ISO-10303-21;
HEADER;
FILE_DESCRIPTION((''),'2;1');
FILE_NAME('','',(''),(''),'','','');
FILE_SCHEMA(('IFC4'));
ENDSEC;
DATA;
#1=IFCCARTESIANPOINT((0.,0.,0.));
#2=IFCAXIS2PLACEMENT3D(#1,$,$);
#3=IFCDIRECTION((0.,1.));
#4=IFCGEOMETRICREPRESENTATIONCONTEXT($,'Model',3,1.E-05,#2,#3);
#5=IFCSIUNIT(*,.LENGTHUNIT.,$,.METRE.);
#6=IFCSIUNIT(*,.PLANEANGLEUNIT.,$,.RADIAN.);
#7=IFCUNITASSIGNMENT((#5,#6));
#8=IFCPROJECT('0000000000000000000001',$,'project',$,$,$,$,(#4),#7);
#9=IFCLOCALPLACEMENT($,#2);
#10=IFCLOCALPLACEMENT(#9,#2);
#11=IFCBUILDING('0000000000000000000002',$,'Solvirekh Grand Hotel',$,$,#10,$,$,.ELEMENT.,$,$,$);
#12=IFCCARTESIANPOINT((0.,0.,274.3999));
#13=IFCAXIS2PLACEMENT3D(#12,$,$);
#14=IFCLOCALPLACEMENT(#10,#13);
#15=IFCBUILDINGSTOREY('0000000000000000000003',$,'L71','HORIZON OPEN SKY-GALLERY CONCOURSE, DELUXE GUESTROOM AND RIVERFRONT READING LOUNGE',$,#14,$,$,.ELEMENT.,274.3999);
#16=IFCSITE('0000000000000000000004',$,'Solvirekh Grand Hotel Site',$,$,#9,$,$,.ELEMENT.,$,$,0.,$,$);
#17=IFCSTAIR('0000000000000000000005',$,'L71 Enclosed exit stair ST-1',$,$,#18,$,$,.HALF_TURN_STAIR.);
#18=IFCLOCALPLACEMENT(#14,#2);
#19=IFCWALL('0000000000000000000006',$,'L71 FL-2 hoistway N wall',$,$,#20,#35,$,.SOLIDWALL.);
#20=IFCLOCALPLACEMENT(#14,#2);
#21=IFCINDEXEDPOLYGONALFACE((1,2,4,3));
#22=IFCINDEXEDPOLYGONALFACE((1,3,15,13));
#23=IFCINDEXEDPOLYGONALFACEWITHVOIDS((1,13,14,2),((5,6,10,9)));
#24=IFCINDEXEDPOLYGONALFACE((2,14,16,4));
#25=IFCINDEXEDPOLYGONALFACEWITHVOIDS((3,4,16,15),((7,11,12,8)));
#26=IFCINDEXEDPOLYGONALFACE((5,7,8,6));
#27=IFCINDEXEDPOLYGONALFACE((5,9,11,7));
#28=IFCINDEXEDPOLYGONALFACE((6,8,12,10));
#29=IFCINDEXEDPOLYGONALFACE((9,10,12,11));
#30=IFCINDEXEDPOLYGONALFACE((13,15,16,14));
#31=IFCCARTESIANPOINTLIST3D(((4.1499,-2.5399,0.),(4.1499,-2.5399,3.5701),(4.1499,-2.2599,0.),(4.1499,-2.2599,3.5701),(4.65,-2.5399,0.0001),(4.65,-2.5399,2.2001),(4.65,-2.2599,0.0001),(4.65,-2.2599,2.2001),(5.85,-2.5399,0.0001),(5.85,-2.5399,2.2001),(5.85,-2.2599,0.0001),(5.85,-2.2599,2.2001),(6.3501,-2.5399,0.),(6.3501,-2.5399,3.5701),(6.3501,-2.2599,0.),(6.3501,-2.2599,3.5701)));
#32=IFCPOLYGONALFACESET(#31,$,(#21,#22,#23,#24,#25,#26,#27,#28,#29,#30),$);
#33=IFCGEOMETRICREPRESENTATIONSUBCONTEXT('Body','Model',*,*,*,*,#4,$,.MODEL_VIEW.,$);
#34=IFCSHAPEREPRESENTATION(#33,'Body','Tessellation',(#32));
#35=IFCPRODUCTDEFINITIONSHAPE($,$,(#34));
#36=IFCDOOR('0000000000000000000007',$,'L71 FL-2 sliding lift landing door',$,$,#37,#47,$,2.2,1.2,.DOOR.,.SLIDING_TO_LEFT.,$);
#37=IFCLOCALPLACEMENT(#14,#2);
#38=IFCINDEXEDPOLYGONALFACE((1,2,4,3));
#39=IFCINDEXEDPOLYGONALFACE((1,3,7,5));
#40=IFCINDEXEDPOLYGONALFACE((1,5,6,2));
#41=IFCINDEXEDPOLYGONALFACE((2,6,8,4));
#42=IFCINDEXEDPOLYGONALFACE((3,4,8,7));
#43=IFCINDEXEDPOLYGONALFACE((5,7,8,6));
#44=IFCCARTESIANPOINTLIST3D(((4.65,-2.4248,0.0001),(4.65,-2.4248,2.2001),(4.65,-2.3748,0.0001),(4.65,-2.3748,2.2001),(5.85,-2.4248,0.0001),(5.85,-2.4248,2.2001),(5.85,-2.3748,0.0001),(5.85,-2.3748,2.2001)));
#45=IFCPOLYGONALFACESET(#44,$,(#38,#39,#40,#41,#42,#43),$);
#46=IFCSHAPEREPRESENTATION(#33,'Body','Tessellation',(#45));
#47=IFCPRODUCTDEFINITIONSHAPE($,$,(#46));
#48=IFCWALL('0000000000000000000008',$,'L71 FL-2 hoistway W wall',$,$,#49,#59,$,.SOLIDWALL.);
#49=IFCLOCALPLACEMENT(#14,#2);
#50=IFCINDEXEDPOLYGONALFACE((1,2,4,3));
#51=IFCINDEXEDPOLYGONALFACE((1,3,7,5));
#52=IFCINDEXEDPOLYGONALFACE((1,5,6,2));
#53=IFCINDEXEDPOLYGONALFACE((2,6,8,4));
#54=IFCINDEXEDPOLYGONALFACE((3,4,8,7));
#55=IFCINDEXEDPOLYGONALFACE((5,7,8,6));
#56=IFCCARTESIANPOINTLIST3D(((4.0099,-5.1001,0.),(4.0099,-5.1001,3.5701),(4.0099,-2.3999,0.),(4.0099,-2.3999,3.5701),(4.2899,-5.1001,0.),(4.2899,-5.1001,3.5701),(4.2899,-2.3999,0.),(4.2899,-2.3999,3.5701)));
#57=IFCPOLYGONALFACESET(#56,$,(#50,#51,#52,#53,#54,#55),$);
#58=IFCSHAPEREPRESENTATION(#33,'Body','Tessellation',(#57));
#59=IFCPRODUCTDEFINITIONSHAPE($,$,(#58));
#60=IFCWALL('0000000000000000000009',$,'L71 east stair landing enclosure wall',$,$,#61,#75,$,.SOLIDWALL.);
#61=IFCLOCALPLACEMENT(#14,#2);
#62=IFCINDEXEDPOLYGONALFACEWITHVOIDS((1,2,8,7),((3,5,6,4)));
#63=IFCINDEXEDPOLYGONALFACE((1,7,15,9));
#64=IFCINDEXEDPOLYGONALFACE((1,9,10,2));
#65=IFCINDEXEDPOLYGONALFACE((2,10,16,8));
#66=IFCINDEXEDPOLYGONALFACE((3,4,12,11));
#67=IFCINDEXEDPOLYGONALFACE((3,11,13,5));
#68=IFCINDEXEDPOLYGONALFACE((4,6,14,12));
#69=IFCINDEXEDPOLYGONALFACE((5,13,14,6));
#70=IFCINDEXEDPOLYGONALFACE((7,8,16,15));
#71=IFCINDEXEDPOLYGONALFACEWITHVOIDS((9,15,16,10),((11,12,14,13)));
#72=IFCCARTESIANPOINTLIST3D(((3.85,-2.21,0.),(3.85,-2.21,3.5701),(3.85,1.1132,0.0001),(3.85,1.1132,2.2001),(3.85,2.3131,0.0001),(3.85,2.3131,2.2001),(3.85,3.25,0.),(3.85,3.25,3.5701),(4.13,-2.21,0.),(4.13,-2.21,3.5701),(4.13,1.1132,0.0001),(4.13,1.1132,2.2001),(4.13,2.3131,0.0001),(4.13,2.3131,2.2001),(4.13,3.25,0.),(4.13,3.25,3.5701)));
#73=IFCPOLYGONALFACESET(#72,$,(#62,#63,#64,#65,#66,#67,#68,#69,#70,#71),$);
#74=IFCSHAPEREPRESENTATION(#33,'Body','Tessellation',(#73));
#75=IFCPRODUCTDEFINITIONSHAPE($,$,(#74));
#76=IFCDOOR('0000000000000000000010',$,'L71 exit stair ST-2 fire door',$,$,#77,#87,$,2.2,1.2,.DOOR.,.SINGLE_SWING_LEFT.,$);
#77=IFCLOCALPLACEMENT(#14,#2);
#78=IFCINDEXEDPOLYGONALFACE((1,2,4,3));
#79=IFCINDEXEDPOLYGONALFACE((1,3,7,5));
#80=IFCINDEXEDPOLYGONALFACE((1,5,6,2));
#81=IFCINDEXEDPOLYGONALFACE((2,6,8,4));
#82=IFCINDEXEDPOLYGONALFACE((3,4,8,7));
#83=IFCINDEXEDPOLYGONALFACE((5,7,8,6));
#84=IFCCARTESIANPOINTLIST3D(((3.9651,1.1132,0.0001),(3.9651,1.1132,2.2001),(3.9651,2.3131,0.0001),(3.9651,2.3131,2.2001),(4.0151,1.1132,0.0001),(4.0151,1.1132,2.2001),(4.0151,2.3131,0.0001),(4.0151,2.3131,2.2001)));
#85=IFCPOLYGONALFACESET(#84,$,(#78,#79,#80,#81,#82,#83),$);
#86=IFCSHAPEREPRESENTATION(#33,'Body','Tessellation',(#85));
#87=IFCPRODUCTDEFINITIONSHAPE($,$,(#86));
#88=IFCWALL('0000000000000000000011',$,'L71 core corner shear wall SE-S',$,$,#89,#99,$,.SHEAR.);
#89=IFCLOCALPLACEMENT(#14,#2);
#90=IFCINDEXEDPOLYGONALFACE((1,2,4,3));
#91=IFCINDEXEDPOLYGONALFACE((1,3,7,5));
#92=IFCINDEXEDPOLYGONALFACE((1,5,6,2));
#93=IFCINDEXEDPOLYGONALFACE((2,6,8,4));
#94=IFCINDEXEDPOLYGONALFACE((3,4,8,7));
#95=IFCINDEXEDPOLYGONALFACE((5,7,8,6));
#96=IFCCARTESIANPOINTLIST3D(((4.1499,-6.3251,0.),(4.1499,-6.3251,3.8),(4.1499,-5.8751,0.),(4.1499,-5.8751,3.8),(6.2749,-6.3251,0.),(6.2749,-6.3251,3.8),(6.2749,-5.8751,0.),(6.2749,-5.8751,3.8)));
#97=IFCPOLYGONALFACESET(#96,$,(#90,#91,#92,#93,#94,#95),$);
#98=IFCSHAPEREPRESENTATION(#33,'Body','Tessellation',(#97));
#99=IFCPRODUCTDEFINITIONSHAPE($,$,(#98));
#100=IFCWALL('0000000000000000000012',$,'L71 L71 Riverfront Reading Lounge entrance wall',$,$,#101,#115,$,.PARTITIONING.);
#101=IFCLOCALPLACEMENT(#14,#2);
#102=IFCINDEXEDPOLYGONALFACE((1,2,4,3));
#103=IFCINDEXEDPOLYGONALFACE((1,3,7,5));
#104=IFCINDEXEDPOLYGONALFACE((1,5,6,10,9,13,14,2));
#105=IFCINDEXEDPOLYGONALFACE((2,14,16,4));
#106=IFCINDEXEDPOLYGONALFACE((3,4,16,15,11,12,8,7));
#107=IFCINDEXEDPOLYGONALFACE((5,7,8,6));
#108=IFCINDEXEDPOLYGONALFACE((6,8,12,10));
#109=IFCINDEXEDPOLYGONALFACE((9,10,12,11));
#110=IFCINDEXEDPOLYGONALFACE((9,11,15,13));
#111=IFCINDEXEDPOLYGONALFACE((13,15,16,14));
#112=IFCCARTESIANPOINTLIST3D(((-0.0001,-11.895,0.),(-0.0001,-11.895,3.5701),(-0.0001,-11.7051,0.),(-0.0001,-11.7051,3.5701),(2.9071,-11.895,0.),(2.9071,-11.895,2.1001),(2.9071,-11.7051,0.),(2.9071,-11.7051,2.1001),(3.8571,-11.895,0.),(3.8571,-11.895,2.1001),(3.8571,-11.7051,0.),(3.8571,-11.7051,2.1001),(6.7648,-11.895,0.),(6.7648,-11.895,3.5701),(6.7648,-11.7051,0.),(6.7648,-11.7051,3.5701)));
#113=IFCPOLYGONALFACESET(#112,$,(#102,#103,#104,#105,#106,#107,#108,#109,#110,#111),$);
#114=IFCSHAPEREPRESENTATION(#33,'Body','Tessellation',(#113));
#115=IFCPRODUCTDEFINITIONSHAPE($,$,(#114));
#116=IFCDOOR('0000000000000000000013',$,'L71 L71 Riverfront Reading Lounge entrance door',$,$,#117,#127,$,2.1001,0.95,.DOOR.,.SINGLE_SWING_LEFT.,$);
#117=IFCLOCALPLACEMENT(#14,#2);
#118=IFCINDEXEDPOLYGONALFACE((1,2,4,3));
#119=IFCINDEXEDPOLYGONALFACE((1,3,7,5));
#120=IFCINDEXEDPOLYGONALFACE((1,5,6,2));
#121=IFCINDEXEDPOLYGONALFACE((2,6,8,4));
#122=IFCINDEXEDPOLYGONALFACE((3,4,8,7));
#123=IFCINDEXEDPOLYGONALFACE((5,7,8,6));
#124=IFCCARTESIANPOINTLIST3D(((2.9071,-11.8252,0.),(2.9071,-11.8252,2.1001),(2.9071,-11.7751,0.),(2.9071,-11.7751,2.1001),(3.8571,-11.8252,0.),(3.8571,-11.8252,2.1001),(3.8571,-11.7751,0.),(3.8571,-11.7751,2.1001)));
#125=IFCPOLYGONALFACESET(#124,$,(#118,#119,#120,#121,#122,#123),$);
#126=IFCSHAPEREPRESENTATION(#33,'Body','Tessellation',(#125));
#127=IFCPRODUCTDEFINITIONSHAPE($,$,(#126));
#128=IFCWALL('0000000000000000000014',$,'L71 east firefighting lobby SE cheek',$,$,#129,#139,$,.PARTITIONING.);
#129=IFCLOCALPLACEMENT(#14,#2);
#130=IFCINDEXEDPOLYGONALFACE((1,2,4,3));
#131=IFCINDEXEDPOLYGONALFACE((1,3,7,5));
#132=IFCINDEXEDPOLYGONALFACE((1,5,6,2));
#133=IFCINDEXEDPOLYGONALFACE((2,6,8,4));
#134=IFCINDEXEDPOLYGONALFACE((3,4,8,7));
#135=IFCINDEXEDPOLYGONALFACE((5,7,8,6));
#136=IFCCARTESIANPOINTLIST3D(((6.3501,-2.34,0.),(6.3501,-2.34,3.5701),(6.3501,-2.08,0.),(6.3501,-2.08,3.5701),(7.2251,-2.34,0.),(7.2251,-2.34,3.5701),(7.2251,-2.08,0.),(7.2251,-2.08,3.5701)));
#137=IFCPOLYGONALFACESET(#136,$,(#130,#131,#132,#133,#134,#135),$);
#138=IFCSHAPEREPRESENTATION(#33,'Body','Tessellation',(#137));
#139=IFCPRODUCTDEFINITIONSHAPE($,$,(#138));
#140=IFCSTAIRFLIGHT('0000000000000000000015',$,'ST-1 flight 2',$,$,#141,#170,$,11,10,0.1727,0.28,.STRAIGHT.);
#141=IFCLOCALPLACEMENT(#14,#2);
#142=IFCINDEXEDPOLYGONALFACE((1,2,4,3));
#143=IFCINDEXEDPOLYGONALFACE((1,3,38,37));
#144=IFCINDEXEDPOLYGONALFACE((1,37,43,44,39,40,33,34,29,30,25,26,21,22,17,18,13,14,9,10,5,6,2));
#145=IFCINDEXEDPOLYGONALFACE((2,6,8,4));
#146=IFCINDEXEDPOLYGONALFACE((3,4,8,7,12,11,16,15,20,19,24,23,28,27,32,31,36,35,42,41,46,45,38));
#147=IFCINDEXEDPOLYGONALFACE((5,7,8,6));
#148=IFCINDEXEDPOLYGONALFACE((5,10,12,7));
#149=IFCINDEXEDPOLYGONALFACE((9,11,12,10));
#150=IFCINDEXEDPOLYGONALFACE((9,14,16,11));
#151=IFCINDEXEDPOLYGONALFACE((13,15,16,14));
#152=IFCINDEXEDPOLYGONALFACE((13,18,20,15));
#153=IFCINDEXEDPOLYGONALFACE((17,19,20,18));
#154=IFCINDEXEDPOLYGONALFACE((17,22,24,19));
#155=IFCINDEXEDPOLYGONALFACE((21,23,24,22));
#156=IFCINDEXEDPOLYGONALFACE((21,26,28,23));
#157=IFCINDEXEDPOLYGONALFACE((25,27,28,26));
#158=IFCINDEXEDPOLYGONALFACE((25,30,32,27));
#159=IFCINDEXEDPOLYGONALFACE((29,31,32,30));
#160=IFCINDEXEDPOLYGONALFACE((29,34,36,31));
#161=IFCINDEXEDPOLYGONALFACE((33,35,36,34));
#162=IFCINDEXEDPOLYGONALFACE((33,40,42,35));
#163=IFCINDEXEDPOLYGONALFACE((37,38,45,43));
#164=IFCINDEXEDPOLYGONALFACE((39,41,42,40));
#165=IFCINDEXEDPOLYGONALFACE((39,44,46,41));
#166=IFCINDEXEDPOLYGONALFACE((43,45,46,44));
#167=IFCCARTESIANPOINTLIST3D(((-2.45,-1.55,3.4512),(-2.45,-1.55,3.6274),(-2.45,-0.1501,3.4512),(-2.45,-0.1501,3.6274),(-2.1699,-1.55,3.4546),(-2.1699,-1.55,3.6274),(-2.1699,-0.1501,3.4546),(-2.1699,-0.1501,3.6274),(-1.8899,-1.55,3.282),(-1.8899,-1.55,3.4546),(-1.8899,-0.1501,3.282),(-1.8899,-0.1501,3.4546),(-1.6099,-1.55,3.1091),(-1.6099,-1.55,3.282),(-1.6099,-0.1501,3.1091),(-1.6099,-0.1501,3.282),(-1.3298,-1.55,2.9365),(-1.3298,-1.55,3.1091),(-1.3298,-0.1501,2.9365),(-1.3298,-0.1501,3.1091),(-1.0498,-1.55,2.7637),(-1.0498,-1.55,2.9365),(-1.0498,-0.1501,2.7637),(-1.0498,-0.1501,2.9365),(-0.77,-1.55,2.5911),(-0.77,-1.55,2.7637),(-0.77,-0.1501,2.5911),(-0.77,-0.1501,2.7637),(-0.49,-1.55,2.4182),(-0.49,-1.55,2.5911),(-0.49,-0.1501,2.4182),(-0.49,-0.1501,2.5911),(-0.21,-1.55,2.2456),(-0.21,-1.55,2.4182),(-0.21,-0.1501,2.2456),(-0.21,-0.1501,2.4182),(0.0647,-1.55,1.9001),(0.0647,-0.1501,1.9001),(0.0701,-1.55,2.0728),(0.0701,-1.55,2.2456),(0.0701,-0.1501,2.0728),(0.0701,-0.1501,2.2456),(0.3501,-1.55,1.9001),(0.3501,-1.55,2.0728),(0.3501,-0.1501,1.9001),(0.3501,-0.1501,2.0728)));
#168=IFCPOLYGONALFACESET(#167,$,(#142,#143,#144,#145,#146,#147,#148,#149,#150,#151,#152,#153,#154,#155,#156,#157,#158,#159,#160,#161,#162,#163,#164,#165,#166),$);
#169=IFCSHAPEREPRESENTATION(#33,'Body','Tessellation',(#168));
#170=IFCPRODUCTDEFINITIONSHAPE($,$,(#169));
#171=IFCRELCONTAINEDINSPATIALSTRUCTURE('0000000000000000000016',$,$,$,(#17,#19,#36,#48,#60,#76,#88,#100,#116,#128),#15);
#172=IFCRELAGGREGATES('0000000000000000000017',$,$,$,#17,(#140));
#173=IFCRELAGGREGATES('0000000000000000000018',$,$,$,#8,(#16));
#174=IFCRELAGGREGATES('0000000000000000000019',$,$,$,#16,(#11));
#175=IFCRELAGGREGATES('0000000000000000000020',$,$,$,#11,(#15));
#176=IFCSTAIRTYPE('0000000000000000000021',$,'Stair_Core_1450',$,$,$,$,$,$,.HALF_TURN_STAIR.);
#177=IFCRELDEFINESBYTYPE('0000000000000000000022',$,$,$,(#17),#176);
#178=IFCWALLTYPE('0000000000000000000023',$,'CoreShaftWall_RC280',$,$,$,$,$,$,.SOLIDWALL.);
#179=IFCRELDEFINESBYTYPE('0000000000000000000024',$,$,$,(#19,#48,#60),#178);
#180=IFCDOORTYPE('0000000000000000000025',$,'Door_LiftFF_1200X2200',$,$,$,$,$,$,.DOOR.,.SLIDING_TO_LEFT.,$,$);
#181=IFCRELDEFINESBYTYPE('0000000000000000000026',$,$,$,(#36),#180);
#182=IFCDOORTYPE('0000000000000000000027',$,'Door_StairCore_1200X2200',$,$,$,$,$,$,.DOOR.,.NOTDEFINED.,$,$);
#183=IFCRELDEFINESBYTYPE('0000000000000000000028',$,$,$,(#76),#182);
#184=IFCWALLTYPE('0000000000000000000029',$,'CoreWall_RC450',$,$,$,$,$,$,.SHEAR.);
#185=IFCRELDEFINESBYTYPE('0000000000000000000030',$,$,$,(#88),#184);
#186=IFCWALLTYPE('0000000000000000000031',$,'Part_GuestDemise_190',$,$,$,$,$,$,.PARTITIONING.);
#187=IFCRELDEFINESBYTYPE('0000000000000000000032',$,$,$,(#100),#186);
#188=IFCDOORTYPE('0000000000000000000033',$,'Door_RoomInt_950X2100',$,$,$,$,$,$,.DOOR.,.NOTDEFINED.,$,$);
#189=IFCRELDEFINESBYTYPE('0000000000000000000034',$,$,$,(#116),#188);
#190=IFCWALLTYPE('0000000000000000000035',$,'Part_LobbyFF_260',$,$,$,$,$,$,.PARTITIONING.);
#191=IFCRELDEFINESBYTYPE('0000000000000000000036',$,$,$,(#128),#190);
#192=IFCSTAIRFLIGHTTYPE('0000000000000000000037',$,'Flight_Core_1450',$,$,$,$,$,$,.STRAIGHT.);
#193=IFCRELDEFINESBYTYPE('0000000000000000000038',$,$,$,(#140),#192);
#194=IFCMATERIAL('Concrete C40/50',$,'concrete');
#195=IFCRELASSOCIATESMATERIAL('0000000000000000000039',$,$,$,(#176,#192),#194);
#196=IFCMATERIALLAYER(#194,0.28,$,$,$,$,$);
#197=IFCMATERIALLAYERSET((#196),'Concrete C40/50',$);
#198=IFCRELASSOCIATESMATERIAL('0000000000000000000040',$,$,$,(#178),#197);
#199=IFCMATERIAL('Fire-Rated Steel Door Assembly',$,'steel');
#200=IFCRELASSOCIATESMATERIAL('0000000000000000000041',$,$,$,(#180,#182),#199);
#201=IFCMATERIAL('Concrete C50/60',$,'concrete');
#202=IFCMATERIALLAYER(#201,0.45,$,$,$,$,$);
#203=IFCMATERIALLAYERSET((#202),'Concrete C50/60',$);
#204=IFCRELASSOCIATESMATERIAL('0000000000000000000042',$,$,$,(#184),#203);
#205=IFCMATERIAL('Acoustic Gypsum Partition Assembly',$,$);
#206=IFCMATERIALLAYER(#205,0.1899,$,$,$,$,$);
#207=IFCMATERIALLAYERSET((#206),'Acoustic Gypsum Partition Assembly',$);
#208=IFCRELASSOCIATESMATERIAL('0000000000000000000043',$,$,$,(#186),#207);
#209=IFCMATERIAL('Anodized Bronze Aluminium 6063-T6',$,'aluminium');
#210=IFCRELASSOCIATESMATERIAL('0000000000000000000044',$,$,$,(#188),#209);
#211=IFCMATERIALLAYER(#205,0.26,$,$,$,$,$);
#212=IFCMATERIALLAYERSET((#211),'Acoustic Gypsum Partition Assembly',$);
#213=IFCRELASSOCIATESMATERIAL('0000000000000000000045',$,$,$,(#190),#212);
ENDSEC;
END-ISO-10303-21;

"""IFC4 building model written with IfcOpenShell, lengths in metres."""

from ifc_helpers import new_model, si_unit, direction, frame, frame_2d, origin, place, context, subcontext, project, spatial, polyline, rectangle, outline, extrude, material, layer, layer_set, type_object, element, fill, aggregate, save


model = new_model("IFC4")

# Units and contexts
model_context = context("Model", 3, precision=1e-05, world=origin(), true_north=direction((0.0, 1.0)))
body_context = subcontext(model_context, "Body", "Model", "MODEL_VIEW")
ifc_project = project(units=[si_unit("LENGTHUNIT", "METRE"), si_unit("PLANEANGLEUNIT", "RADIAN")], contexts=[model_context])

# Site, building, storey
site_placement = place(None, origin())
site = spatial("IfcSite", under=ifc_project, at=site_placement, Name="Solvirekh Grand Hotel Site", CompositionType="ELEMENT", RefElevation=0.0)
building_placement = place(site_placement, origin())
building = spatial("IfcBuilding", under=site, at=building_placement, Name="Solvirekh Grand Hotel", CompositionType="ELEMENT")
storey_placement = place(building_placement, frame((0.0, 0.0, 274.3999)))
storey = spatial("IfcBuildingStorey", under=building, at=storey_placement, Name="L71", Description="HORIZON OPEN SKY-GALLERY CONCOURSE, DELUXE GUESTROOM AND RIVERFRONT READING LOUNGE", CompositionType="ELEMENT", Elevation=274.3999)

# Shared definitions
ifc_material_1 = material(Name="Concrete C50/60", Category="concrete")

# Shared definitions
ifc_material_2 = material(Name="Anodized Bronze Aluminium 6063-T6", Category="aluminium")

# Stair
ifc_material_3 = material(Name="Concrete C40/50", Category="concrete")
stair_type = type_object("IfcStairType", Name="Stair_Core_1450", PredefinedType="HALF_TURN_STAIR", material=ifc_material_3)
stair_1_placement = place(storey_placement, origin())
stair_1 = element("IfcStair", 1, at=stair_1_placement, inside=storey, type_object=stair_type, Name="L71 Enclosed exit stair ST-1", PredefinedType="HALF_TURN_STAIR")

# Shared definitions
ifc_layer_1 = layer(ifc_material_3, 0.28)
ifc_layer_set_1 = layer_set([ifc_layer_1], Name="Concrete C40/50")
wall_type_1 = type_object("IfcWallType", Name="CoreShaftWall_RC280", PredefinedType="SOLIDWALL", material=ifc_layer_set_1)

# Wall, opening, door
wall_1_placement = place(storey_placement, frame((6.3501, -2.3999, 0.0), z_axis=(0.0, 0.0, 1.0), x_axis=(-1.0, 0.0, 0.0)))
wall_1 = element("IfcWall", 2, at=wall_1_placement, inside=storey, type_object=wall_type_1, Name="L71 FL-2 hoistway N wall", PredefinedType="SOLIDWALL", context=body_context, shape_type="SweptSolid", body=[
    extrude(rectangle(XDim=2.2002, YDim=0.28, at=frame_2d((1.1001, 0.0))), origin(), (0.0, 0.0, 1.0), 3.5701),
])
opening_1_placement = place(wall_1_placement, frame((0.5, 0.0, 0.0)))
opening_1 = element("IfcOpeningElement", 3, at=opening_1_placement, cuts=wall_1, PredefinedType="OPENING", context=body_context, shape_type="SweptSolid", body=[
    extrude(rectangle(XDim=1.2, YDim=2.2, at=frame_2d((0.6001, 1.1001))), frame((0.0, 0.1499, 0.0), z_axis=(0.0, -1.0, 0.0), x_axis=(1.0, 0.0, 0.0)), (0.0, 0.0, 1.0), 0.3),
])
ifc_material_4 = material(Name="Fire-Rated Steel Door Assembly", Category="steel")
door_type_1 = type_object("IfcDoorType", Name="Door_LiftFF_1200X2200", OperationType="SLIDING_TO_LEFT", PredefinedType="DOOR", material=ifc_material_4)
door_1_placement = place(opening_1_placement, origin())
door_1 = element("IfcDoor", 4, at=door_1_placement, inside=storey, type_object=door_type_1, Name="L71 FL-2 sliding lift landing door", OperationType="SLIDING_TO_LEFT", OverallHeight=2.2, OverallWidth=1.2, PredefinedType="DOOR", context=body_context, shape_type="SweptSolid", body=[
    extrude(rectangle(XDim=1.2, YDim=2.2, at=frame_2d((0.6001, 1.1001))), frame((0.0, 0.0249, 0.0), z_axis=(0.0, -1.0, 0.0), x_axis=(1.0, 0.0, 0.0)), (0.0, 0.0, 1.0), 0.05),
])
fill(opening_1, door_1)

# Wall
wall_2_placement = place(storey_placement, frame((4.1499, -2.3999, 0.0), z_axis=(0.0, 0.0, 1.0), x_axis=(0.0, -1.0, 0.0)))
element("IfcWall", 5, at=wall_2_placement, inside=storey, type_object=wall_type_1, Name="L71 FL-2 hoistway W wall", PredefinedType="SOLIDWALL", context=body_context, shape_type="SweptSolid", body=[
    extrude(rectangle(XDim=2.7002, YDim=0.28, at=frame_2d((1.3501, 0.0))), origin(), (0.0, 0.0, 1.0), 3.5701),
])

# Wall, opening, door
wall_3_placement = place(storey_placement, frame((3.99, -2.21, 0.0), z_axis=(0.0, 0.0, 1.0), x_axis=(0.0, 1.0, 0.0)))
wall_3 = element("IfcWall", 6, at=wall_3_placement, inside=storey, type_object=wall_type_1, Name="L71 east stair landing enclosure wall", PredefinedType="SOLIDWALL", context=body_context, shape_type="SweptSolid", body=[
    extrude(rectangle(XDim=5.46, YDim=0.28, at=frame_2d((2.73, 0.0))), origin(), (0.0, 0.0, 1.0), 3.5701),
])
opening_2_placement = place(wall_3_placement, frame((3.323, 0.0, 0.0)))
opening_2 = element("IfcOpeningElement", 7, at=opening_2_placement, cuts=wall_3, PredefinedType="OPENING", context=body_context, shape_type="SweptSolid", body=[
    extrude(rectangle(XDim=1.2, YDim=2.2, at=frame_2d((0.6001, 1.1001))), frame((0.0, 0.1499, 0.0), z_axis=(0.0, -1.0, 0.0), x_axis=(1.0, 0.0, 0.0)), (0.0, 0.0, 1.0), 0.3),
])
door_type_2 = type_object("IfcDoorType", Name="Door_StairCore_1200X2200", OperationType="NOTDEFINED", PredefinedType="DOOR", material=ifc_material_4)
door_2_placement = place(opening_2_placement, origin())
door_2 = element("IfcDoor", 8, at=door_2_placement, inside=storey, type_object=door_type_2, Name="L71 exit stair ST-2 fire door", OperationType="SINGLE_SWING_LEFT", OverallHeight=2.2, OverallWidth=1.2, PredefinedType="DOOR", context=body_context, shape_type="SweptSolid", body=[
    extrude(rectangle(XDim=1.2, YDim=2.2, at=frame_2d((0.6001, 1.1001))), frame((0.0, 0.0249, 0.0), z_axis=(0.0, -1.0, 0.0), x_axis=(1.0, 0.0, 0.0)), (0.0, 0.0, 1.0), 0.05),
])
fill(opening_2, door_2)

# Wall
ifc_layer_2 = layer(ifc_material_1, 0.45)
ifc_layer_set_2 = layer_set([ifc_layer_2], Name="Concrete C50/60")
wall_type_2 = type_object("IfcWallType", Name="CoreWall_RC450", PredefinedType="SHEAR", material=ifc_layer_set_2)
wall_4_placement = place(storey_placement, frame((4.1499, -6.1001, 0.0), z_axis=(0.0, 0.0, 1.0), x_axis=(1.0, 0.0, 0.0)))
element("IfcWall", 9, at=wall_4_placement, inside=storey, type_object=wall_type_2, Name="L71 core corner shear wall SE-S", PredefinedType="SHEAR", context=body_context, shape_type="SweptSolid", body=[
    extrude(rectangle(XDim=2.125, YDim=0.45, at=frame_2d((1.0625, 0.0))), origin(), (0.0, 0.0, 1.0), 3.8),
])

# Wall, opening, door
ifc_material_5 = material(Name="Acoustic Gypsum Partition Assembly")
ifc_layer_3 = layer(ifc_material_5, 0.1899)
ifc_layer_set_3 = layer_set([ifc_layer_3], Name="Acoustic Gypsum Partition Assembly")
wall_type_3 = type_object("IfcWallType", Name="Part_GuestDemise_190", PredefinedType="PARTITIONING", material=ifc_layer_set_3)
wall_5_placement = place(storey_placement, frame((0.0, -11.8, 0.0), z_axis=(0.0, 0.0, 1.0), x_axis=(1.0, 0.0, 0.0)))
wall_5 = element("IfcWall", 10, at=wall_5_placement, inside=storey, type_object=wall_type_3, Name="L71 L71 Riverfront Reading Lounge entrance wall", PredefinedType="PARTITIONING", context=body_context, shape_type="SweptSolid", body=[
    extrude(rectangle(XDim=6.7649, YDim=0.1899, at=frame_2d((3.3823, 0.0))), origin(), (0.0, 0.0, 1.0), 3.5701),
])
opening_3_placement = place(wall_5_placement, frame((2.907, 0.0, 0.0)))
opening_3 = element("IfcOpeningElement", 11, at=opening_3_placement, cuts=wall_5, PredefinedType="OPENING", context=body_context, shape_type="SweptSolid", body=[
    extrude(rectangle(XDim=0.95, YDim=2.1001, at=frame_2d((0.4751, 1.05))), frame((0.0, 0.105, 0.0), z_axis=(0.0, -1.0, 0.0), x_axis=(1.0, 0.0, 0.0)), (0.0, 0.0, 1.0), 0.21),
])
door_type_3 = type_object("IfcDoorType", Name="Door_RoomInt_950X2100", OperationType="NOTDEFINED", PredefinedType="DOOR", material=ifc_material_2)
door_3_placement = place(opening_3_placement, origin())
door_3 = element("IfcDoor", 12, at=door_3_placement, inside=storey, type_object=door_type_3, Name="L71 L71 Riverfront Reading Lounge entrance door", OperationType="SINGLE_SWING_LEFT", OverallHeight=2.1001, OverallWidth=0.95, PredefinedType="DOOR", context=body_context, shape_type="SweptSolid", body=[
    extrude(rectangle(XDim=0.95, YDim=2.1001, at=frame_2d((0.4751, 1.05))), frame((0.0, 0.0249, 0.0), z_axis=(0.0, -1.0, 0.0), x_axis=(1.0, 0.0, 0.0)), (0.0, 0.0, 1.0), 0.05),
])
fill(opening_3, door_3)

# Wall
ifc_layer_4 = layer(ifc_material_5, 0.26)
ifc_layer_set_4 = layer_set([ifc_layer_4], Name="Acoustic Gypsum Partition Assembly")
wall_type_4 = type_object("IfcWallType", Name="Part_LobbyFF_260", PredefinedType="PARTITIONING", material=ifc_layer_set_4)
wall_6_placement = place(storey_placement, frame((6.3501, -2.21, 0.0), z_axis=(0.0, 0.0, 1.0), x_axis=(1.0, 0.0, 0.0)))
element("IfcWall", 13, at=wall_6_placement, inside=storey, type_object=wall_type_4, Name="L71 east firefighting lobby SE cheek", PredefinedType="PARTITIONING", context=body_context, shape_type="SweptSolid", body=[
    extrude(rectangle(XDim=0.875, YDim=0.26, at=frame_2d((0.4375, 0.0))), origin(), (0.0, 0.0, 1.0), 3.5701),
])

# Stair flight
stair_flight_type = type_object("IfcStairFlightType", Name="Flight_Core_1450", PredefinedType="STRAIGHT", material=ifc_material_3)
stair_flight_placement = place(storey_placement, frame((0.3501, -0.8501, 1.9001), z_axis=(0.0, 0.0, 1.0), x_axis=(-1.0, 0.0, 0.0)))
stair_flight = element("IfcStairFlight", 14, at=stair_flight_placement, type_object=stair_flight_type, Name="ST-1 flight 2", NumberOfRisers=11, NumberOfTreads=10, PredefinedType="STRAIGHT", RiserHeight=0.1727, TreadLength=0.28, context=body_context, shape_type="SweptSolid", body=[
    extrude(outline(polyline([(0.0, 0.0), (0.0, 0.1726), (0.28, 0.1726), (0.28, 0.3455), (0.5601, 0.3455), (0.5601, 0.5181), (0.8401, 0.5181), (0.8401, 0.6909), (1.1201, 0.6909), (1.1201, 0.8635), (1.3999, 0.8635), (1.3999, 1.0364), (1.6799, 1.0364), (1.6799, 1.209), (1.96, 1.209), (1.96, 1.3818), (2.24, 1.3818), (2.24, 1.5544), (2.52, 1.5544), (2.52, 1.7273), (2.8, 1.7273), (2.8, 1.8999), (2.8, 1.551), (0.2854, 0.0), (0.0, 0.0)])), frame((0.0, 0.7, 0.0), z_axis=(0.0, -1.0, 0.0), x_axis=(1.0, 0.0, 0.0)), (0.0, 0.0, 1.0), 1.3999),
])
aggregate(stair_1, [stair_flight])

save(model, "model.ifc")
